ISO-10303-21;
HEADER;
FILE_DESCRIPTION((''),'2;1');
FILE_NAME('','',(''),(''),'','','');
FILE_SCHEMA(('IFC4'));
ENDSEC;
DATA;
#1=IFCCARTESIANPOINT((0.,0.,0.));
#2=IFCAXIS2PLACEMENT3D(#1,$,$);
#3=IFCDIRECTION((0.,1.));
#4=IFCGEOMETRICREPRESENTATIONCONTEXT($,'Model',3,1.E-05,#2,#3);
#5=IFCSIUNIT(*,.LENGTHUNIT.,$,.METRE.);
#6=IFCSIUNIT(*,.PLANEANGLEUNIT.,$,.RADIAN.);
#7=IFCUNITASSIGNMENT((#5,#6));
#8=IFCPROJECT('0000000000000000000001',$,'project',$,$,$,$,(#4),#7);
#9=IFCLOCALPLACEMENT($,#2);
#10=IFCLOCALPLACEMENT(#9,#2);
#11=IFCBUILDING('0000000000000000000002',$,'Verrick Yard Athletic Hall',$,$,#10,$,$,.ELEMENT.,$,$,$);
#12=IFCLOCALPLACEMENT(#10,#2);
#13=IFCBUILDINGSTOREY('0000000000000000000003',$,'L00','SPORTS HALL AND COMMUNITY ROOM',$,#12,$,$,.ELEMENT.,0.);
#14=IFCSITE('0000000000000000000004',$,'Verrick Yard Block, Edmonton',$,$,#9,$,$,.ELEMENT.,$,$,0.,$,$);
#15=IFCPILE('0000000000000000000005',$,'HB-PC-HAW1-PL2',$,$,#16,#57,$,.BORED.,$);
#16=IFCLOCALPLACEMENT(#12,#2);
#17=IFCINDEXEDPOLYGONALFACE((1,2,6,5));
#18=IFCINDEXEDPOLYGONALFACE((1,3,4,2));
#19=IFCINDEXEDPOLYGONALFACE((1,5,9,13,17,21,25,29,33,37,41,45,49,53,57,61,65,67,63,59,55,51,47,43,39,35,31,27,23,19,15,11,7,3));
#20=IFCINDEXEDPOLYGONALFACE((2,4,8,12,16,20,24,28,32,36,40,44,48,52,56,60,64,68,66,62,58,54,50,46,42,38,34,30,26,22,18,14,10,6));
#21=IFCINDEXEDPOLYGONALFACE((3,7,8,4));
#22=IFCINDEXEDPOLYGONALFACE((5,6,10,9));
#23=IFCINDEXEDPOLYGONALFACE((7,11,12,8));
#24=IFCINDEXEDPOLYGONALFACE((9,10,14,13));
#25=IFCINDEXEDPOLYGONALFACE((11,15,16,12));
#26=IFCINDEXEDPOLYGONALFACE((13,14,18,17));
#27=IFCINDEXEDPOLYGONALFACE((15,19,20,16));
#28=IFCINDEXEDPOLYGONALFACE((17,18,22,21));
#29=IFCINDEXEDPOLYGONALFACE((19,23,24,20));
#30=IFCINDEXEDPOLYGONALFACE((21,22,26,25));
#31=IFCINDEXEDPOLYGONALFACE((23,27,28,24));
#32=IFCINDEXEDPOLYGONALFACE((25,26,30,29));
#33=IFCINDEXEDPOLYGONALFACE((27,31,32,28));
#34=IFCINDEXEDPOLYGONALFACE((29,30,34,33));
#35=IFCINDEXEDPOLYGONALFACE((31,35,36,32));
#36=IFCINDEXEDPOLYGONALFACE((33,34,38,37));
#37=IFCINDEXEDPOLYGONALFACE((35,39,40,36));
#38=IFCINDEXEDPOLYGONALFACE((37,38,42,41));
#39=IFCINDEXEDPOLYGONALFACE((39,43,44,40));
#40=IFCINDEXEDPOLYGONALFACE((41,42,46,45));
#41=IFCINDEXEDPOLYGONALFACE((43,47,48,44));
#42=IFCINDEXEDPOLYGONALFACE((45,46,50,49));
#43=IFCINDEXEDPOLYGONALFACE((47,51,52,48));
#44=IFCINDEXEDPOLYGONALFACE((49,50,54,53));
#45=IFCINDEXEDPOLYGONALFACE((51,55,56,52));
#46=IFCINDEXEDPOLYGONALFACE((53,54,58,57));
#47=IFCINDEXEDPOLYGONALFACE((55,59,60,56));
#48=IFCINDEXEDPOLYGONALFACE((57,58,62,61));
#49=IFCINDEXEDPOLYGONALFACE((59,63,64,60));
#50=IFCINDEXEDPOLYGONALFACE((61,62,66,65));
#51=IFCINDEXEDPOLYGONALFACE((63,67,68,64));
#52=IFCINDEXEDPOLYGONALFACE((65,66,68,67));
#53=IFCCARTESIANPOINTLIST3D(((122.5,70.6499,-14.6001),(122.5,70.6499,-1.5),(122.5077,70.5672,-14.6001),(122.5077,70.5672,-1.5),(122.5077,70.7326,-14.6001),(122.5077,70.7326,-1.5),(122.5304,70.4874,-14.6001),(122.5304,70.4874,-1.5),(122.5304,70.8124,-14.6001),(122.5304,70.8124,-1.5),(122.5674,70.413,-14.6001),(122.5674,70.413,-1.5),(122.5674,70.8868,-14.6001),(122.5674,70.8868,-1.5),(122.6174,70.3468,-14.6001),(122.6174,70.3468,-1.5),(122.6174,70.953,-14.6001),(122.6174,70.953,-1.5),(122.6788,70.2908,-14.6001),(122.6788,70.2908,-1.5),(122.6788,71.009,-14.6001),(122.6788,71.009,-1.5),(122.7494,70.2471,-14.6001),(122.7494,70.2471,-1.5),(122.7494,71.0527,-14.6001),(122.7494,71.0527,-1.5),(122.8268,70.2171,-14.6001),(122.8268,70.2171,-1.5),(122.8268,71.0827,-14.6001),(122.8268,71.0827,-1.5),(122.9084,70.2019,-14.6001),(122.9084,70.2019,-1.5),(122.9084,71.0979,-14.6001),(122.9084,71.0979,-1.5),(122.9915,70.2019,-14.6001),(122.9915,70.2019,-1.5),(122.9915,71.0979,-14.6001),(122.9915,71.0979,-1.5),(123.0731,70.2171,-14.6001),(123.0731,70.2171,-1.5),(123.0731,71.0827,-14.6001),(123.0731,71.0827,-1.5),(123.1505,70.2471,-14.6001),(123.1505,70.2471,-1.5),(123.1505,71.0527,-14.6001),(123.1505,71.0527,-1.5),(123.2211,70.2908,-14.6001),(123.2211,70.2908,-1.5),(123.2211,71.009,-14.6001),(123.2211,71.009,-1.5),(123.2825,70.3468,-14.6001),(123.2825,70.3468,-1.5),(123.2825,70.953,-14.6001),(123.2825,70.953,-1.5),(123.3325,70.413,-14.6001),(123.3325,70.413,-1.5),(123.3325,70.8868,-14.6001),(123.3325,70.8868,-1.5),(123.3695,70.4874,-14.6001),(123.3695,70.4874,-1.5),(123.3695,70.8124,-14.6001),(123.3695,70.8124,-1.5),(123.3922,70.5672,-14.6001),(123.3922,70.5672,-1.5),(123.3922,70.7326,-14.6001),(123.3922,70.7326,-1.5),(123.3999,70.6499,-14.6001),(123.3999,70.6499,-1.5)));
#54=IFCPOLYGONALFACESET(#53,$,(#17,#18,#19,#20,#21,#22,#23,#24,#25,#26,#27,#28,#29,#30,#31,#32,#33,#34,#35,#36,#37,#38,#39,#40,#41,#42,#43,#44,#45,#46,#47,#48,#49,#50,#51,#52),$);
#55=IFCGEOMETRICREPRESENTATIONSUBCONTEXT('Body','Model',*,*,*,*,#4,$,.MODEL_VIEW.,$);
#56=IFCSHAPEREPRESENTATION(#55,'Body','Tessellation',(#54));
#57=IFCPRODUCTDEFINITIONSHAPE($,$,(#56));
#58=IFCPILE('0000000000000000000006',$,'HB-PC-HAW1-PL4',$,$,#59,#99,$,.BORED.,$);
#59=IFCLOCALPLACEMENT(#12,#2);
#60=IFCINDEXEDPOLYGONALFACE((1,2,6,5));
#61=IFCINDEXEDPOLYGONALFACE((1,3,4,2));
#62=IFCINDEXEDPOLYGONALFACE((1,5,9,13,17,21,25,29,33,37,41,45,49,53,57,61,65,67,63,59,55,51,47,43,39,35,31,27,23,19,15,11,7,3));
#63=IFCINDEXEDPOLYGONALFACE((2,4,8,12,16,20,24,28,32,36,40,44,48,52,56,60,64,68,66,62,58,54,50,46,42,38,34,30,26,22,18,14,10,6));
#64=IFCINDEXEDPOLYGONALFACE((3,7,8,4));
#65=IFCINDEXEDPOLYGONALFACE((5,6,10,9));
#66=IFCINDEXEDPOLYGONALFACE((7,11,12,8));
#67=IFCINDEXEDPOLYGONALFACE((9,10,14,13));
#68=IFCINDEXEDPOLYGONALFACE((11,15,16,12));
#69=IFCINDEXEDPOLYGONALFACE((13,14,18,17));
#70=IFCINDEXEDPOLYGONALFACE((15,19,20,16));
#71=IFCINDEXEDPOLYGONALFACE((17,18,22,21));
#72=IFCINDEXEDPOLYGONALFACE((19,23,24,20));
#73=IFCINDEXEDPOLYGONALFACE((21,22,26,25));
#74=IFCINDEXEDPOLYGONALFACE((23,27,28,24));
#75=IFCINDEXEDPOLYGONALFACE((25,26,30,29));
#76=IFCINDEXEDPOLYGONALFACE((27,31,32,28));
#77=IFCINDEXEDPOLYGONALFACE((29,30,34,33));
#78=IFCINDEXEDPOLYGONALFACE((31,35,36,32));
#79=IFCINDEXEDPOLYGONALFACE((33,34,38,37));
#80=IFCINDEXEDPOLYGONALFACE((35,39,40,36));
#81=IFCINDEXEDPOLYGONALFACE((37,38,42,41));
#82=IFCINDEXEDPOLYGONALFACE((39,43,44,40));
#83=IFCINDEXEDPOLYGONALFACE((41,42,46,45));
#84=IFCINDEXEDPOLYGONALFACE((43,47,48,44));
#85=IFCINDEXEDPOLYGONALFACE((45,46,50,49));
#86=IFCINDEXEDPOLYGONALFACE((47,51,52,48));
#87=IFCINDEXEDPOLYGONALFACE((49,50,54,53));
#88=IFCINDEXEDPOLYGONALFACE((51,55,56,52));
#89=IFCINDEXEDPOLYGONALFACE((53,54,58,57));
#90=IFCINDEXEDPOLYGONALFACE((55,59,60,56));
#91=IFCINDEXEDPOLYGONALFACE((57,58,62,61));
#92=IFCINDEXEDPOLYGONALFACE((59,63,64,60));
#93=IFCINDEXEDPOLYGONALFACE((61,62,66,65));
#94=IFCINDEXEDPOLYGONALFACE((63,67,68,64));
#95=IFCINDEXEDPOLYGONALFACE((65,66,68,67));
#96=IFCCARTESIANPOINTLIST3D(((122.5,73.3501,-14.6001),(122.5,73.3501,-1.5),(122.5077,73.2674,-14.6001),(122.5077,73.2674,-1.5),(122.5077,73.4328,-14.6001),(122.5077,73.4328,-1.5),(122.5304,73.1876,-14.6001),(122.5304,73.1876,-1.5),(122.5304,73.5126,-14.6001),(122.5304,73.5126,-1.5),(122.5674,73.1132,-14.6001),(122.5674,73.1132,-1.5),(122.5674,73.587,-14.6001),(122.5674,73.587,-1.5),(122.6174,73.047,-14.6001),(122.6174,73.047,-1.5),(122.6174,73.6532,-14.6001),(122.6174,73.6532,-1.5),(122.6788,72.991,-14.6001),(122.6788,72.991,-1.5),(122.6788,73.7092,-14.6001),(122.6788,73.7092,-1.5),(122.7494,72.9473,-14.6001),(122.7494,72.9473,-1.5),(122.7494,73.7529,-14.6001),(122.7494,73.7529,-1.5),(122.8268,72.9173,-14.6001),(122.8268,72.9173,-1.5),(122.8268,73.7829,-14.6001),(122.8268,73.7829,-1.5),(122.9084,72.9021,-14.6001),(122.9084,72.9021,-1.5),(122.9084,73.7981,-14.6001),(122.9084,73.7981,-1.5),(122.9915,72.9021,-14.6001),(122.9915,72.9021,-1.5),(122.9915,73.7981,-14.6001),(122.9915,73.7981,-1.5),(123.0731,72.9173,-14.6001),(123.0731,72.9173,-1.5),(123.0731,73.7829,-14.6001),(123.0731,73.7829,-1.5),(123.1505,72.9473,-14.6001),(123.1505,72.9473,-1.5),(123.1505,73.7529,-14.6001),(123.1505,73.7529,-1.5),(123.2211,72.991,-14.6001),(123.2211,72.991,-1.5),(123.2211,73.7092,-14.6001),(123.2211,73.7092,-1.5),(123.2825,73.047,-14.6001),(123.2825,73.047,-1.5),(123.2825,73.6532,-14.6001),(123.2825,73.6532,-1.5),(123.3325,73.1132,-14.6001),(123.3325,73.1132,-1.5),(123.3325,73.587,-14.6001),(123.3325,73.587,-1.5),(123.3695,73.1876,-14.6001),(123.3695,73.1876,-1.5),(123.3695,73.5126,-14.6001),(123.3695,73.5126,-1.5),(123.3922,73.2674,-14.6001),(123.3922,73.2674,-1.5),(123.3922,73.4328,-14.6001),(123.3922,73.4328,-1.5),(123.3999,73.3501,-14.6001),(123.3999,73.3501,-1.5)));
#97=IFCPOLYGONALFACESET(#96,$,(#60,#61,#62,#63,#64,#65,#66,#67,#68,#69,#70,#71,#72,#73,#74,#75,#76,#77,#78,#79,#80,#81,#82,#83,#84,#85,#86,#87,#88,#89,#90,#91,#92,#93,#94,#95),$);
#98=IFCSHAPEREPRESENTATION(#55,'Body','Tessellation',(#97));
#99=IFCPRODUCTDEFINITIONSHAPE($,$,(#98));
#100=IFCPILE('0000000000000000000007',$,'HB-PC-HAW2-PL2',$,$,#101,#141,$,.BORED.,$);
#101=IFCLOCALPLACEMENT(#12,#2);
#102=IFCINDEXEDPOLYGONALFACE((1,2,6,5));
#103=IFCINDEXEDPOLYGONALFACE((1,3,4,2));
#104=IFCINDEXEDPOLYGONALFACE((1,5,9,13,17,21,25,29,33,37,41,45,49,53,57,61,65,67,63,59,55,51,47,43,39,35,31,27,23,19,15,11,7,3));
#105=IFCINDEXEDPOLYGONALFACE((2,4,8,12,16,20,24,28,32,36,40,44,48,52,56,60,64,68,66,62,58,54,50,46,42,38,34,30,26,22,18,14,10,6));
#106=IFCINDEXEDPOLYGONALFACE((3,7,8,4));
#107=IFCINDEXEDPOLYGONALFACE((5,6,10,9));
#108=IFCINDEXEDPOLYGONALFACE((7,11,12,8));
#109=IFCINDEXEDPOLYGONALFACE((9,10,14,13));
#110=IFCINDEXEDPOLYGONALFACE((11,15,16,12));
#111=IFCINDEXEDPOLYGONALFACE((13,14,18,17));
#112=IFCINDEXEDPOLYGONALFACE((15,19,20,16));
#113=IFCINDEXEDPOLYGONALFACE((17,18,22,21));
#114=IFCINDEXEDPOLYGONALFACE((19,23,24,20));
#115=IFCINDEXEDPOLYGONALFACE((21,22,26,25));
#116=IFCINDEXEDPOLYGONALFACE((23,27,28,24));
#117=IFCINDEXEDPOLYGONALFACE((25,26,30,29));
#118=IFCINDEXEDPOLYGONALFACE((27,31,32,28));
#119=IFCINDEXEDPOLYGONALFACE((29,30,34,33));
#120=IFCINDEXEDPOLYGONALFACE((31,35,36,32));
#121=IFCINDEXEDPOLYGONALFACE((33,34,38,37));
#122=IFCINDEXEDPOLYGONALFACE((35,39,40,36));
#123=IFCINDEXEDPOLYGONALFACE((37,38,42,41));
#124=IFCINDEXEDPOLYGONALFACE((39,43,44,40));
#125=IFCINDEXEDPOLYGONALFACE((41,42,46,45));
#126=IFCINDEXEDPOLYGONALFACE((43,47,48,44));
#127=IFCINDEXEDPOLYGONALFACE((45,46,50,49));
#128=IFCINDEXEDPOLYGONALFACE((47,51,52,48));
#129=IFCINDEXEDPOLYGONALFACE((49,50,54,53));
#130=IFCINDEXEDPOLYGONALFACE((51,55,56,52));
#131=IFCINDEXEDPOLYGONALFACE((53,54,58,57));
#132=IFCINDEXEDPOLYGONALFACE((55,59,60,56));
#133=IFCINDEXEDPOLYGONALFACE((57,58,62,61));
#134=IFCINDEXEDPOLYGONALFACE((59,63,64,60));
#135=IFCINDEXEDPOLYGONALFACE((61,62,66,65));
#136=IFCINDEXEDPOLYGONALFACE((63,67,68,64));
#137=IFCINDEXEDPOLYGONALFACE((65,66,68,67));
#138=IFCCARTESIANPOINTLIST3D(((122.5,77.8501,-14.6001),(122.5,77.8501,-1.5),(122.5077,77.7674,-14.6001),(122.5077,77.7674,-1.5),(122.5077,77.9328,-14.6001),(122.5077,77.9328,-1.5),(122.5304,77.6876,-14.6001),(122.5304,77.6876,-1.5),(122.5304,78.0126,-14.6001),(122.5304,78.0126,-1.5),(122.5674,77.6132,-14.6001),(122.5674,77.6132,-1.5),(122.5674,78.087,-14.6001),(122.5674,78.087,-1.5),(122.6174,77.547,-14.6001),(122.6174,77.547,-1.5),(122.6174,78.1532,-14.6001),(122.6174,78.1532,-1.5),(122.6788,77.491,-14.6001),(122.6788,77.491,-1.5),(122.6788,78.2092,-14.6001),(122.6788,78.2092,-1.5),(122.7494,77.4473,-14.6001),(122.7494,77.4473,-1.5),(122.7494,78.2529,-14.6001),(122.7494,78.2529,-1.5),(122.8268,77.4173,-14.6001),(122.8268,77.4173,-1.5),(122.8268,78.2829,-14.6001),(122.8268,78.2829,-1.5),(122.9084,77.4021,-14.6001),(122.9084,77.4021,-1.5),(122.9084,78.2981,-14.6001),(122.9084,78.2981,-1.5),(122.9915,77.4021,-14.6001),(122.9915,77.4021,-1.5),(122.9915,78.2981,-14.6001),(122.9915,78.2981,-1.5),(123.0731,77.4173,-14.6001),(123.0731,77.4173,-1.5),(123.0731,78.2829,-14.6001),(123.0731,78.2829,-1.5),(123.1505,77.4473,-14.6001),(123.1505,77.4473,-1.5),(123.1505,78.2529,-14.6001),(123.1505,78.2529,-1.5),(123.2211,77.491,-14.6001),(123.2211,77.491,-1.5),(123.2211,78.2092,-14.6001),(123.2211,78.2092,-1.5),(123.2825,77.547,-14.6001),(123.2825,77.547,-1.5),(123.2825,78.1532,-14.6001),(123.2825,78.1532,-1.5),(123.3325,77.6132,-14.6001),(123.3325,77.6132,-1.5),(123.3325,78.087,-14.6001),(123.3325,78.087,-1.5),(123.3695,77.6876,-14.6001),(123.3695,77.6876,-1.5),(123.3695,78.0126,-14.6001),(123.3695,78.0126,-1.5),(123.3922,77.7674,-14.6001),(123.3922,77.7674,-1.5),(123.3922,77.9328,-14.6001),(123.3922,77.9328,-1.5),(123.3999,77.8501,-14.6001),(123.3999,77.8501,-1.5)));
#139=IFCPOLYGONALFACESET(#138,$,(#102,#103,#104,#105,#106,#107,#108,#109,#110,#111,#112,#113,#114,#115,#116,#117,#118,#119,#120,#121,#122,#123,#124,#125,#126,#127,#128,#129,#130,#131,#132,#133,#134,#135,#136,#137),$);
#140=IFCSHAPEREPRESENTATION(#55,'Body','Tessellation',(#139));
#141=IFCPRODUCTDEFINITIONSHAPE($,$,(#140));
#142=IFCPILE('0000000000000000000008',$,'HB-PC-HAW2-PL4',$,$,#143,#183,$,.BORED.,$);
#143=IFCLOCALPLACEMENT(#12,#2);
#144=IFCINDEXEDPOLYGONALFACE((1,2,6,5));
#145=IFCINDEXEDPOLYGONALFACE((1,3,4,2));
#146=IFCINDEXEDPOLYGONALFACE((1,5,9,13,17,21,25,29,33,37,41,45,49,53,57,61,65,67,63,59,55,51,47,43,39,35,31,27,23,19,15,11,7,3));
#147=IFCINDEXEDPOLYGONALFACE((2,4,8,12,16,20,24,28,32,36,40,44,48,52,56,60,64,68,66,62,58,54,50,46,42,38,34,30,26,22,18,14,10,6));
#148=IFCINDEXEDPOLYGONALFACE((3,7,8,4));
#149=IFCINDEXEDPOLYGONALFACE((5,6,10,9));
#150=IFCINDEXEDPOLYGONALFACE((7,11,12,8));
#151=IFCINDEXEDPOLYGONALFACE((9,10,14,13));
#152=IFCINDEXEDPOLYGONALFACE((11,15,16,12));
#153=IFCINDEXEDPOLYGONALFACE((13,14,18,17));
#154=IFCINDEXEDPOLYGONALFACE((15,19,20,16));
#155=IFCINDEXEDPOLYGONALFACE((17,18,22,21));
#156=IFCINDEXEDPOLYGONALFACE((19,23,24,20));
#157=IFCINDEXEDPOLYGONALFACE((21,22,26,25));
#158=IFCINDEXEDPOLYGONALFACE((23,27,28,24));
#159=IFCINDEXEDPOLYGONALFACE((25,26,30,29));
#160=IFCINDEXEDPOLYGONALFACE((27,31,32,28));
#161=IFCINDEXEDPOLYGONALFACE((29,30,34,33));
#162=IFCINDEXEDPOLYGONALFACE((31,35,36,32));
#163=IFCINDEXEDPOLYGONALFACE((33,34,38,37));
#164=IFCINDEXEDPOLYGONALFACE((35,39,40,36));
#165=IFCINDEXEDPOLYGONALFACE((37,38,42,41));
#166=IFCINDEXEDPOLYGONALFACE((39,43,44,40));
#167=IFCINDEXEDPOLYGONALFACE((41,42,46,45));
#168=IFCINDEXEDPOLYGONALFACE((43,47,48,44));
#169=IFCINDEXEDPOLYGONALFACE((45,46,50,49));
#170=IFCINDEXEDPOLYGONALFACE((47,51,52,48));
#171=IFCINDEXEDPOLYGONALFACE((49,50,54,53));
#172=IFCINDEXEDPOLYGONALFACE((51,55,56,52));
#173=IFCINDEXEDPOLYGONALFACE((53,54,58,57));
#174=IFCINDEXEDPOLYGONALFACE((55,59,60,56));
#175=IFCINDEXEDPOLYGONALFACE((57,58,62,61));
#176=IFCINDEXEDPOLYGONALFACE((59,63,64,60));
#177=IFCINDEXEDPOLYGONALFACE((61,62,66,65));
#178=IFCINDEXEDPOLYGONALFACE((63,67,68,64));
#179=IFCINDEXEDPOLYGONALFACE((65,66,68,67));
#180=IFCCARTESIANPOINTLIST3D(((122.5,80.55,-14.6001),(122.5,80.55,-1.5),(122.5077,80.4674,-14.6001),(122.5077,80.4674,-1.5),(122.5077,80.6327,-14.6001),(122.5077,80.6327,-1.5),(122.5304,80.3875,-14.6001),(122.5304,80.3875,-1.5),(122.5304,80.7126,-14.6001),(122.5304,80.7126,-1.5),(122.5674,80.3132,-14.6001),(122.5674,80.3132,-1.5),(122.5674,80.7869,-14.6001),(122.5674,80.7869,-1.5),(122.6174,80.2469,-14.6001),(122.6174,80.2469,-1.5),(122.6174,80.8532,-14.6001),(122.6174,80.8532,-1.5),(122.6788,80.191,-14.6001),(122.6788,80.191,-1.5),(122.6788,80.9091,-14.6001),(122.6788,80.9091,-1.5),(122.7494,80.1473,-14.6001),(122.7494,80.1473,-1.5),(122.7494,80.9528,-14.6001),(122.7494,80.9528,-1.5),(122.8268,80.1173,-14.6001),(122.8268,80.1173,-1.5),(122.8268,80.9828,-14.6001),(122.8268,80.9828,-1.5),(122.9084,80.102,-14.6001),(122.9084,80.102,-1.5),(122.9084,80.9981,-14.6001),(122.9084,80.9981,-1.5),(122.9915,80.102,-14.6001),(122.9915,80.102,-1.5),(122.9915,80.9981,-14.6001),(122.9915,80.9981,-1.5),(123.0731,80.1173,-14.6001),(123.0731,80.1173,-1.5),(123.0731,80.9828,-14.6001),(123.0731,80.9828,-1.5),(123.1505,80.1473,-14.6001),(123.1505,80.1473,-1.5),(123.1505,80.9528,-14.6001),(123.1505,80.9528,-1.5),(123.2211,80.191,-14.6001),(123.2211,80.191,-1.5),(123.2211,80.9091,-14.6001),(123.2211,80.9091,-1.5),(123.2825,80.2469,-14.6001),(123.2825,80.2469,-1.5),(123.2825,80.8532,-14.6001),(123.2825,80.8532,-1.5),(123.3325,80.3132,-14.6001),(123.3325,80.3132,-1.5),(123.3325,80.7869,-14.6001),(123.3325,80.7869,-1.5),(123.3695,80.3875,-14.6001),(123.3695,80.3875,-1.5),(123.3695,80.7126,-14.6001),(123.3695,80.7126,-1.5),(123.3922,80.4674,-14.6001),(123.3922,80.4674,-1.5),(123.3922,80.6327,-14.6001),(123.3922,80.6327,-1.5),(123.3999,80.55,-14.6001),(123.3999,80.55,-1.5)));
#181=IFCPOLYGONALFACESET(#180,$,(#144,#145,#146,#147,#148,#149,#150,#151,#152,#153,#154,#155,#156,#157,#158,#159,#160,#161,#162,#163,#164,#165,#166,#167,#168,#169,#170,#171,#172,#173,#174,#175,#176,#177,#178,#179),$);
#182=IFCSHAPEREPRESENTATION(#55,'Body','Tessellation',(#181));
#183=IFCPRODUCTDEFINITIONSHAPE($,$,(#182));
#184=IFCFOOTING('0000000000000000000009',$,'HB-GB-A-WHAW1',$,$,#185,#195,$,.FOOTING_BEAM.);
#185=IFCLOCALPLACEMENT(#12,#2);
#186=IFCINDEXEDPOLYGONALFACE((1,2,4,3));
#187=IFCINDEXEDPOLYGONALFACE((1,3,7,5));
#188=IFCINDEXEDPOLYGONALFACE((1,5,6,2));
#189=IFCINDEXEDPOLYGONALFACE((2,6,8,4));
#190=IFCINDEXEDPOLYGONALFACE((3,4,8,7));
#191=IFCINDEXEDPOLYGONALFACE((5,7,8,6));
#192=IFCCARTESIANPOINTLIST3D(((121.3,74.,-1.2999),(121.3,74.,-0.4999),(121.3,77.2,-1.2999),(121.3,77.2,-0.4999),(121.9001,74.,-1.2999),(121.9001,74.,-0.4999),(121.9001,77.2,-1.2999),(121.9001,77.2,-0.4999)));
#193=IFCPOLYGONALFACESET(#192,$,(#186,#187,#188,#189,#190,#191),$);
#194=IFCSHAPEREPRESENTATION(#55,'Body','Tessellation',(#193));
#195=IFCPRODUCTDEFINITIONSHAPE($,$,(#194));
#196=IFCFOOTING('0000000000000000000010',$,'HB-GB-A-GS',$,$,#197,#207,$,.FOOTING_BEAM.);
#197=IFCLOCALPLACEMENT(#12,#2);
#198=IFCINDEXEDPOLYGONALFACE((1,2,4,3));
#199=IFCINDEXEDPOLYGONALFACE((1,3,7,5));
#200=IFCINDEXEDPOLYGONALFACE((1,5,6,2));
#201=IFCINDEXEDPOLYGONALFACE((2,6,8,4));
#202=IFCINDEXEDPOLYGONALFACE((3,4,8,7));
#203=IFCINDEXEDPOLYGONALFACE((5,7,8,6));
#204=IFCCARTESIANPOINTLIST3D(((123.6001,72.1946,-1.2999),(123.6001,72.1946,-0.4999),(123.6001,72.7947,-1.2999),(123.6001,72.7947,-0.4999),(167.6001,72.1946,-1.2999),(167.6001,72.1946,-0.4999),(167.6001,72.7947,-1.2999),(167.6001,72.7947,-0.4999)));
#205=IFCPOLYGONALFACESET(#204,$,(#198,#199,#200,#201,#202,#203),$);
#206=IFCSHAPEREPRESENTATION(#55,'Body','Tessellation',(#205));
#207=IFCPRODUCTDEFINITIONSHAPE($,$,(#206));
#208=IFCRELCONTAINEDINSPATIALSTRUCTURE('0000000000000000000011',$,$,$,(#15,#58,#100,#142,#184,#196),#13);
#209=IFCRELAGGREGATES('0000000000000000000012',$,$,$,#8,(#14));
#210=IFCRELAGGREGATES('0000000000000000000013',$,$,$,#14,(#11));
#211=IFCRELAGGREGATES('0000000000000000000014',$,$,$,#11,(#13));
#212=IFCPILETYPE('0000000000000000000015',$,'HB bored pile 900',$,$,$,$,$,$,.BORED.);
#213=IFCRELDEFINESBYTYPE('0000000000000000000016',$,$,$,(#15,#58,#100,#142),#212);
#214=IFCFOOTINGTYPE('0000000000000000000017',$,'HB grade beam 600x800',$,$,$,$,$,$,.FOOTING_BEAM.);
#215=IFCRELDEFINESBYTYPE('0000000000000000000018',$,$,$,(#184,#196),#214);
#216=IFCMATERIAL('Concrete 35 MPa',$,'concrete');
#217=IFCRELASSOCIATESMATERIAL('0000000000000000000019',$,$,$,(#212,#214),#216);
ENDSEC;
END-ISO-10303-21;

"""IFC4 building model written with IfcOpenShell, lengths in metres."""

from ifc_helpers import new_model, si_unit, direction, frame, origin, origin_2d, place, context, subcontext, project, spatial, rectangle, circle, extrude, material, material_profile, profile_set, type_object, element, save


model = new_model("IFC4")

# Units and contexts
model_context = context("Model", 3, precision=1e-05, world=origin(), true_north=direction((0.0, 1.0)))
body_context = subcontext(model_context, "Body", "Model", "MODEL_VIEW")
ifc_project = project(units=[si_unit("LENGTHUNIT", "METRE"), si_unit("PLANEANGLEUNIT", "RADIAN")], contexts=[model_context])

# Site, building, storey
site_placement = place(None, origin())
site = spatial("IfcSite", under=ifc_project, at=site_placement, Name="Verrick Yard Block, Edmonton", CompositionType="ELEMENT", RefElevation=0.0)
building_placement = place(site_placement, origin())
building = spatial("IfcBuilding", under=site, at=building_placement, Name="Verrick Yard Athletic Hall", CompositionType="ELEMENT")
storey_placement = place(building_placement, origin())
storey = spatial("IfcBuildingStorey", under=building, at=storey_placement, Name="L00", Description="SPORTS HALL AND COMMUNITY ROOM", CompositionType="ELEMENT", Elevation=0.0)

# Piles
ifc_material_1 = material(Name="Concrete 35 MPa", Category="concrete")
ifc_material_profile_1 = material_profile(ifc_material_1, circle(Radius=0.45, at=origin_2d()), Name="Bored pile 900")
ifc_profile_set_1 = profile_set([ifc_material_profile_1], Name="Concrete 35 MPa")
pile_type_1 = type_object("IfcPileType", Name="HB bored pile 900", PredefinedType="BORED", material=ifc_profile_set_1)
for number, where, z_axis, x_axis, name in (
    (1, (122.95, 70.6499, -1.5), (0.0, 0.0, -1.0), (1.0, 0.0, 0.0), "HB-PC-HAW1-PL2"),
    (2, (122.95, 73.3501, -1.5), (0.0, 0.0, -1.0), (1.0, 0.0, 0.0), "HB-PC-HAW1-PL4"),
    (3, (122.95, 77.8501, -1.5), (0.0, 0.0, -1.0), (1.0, 0.0, 0.0), "HB-PC-HAW2-PL2"),
    (4, (122.95, 80.55, -1.5), (0.0, 0.0, -1.0), (1.0, 0.0, 0.0), "HB-PC-HAW2-PL4"),
):
    element("IfcPile", number, at=place(storey_placement, frame(where, z_axis=z_axis, x_axis=x_axis)), inside=storey, type_object=pile_type_1, Name=name, PredefinedType="BORED", context=body_context, shape_type="SweptSolid", body=[
        extrude(circle(Radius=0.45, at=origin_2d()), origin(), (0.0, 0.0, 1.0), 13.1001),
    ])

# Footings
ifc_material_profile_2 = material_profile(ifc_material_1, rectangle(XDim=0.6001, YDim=0.8, at=origin_2d()), Name="Grade beam 600x800")
ifc_profile_set_2 = profile_set([ifc_material_profile_2], Name="Concrete 35 MPa")
footing_type_1 = type_object("IfcFootingType", Name="HB grade beam 600x800", PredefinedType="FOOTING_BEAM", material=ifc_profile_set_2)
footing_1_placement = place(storey_placement, frame((121.6001, 74.0, -0.8999), z_axis=(0.0, 1.0, 0.0), x_axis=(-1.0, 0.0, 0.0)))
element("IfcFooting", 5, at=footing_1_placement, inside=storey, type_object=footing_type_1, Name="HB-GB-A-WHAW1", PredefinedType="FOOTING_BEAM", context=body_context, shape_type="SweptSolid", body=[
    extrude(rectangle(XDim=0.6001, YDim=0.8, at=origin_2d()), origin(), (0.0, 0.0, 1.0), 3.2),
])
footing_2_placement = place(storey_placement, frame((123.6001, 72.4946, -0.8999), z_axis=(1.0, 0.0, 0.0), x_axis=(0.0, 1.0, 0.0)))
element("IfcFooting", 6, at=footing_2_placement, inside=storey, type_object=footing_type_1, Name="HB-GB-A-GS", PredefinedType="FOOTING_BEAM", context=body_context, shape_type="SweptSolid", body=[
    extrude(rectangle(XDim=0.6001, YDim=0.8, at=origin_2d()), origin(), (0.0, 0.0, 1.0), 44.0),
])

save(model, "model.ifc")
